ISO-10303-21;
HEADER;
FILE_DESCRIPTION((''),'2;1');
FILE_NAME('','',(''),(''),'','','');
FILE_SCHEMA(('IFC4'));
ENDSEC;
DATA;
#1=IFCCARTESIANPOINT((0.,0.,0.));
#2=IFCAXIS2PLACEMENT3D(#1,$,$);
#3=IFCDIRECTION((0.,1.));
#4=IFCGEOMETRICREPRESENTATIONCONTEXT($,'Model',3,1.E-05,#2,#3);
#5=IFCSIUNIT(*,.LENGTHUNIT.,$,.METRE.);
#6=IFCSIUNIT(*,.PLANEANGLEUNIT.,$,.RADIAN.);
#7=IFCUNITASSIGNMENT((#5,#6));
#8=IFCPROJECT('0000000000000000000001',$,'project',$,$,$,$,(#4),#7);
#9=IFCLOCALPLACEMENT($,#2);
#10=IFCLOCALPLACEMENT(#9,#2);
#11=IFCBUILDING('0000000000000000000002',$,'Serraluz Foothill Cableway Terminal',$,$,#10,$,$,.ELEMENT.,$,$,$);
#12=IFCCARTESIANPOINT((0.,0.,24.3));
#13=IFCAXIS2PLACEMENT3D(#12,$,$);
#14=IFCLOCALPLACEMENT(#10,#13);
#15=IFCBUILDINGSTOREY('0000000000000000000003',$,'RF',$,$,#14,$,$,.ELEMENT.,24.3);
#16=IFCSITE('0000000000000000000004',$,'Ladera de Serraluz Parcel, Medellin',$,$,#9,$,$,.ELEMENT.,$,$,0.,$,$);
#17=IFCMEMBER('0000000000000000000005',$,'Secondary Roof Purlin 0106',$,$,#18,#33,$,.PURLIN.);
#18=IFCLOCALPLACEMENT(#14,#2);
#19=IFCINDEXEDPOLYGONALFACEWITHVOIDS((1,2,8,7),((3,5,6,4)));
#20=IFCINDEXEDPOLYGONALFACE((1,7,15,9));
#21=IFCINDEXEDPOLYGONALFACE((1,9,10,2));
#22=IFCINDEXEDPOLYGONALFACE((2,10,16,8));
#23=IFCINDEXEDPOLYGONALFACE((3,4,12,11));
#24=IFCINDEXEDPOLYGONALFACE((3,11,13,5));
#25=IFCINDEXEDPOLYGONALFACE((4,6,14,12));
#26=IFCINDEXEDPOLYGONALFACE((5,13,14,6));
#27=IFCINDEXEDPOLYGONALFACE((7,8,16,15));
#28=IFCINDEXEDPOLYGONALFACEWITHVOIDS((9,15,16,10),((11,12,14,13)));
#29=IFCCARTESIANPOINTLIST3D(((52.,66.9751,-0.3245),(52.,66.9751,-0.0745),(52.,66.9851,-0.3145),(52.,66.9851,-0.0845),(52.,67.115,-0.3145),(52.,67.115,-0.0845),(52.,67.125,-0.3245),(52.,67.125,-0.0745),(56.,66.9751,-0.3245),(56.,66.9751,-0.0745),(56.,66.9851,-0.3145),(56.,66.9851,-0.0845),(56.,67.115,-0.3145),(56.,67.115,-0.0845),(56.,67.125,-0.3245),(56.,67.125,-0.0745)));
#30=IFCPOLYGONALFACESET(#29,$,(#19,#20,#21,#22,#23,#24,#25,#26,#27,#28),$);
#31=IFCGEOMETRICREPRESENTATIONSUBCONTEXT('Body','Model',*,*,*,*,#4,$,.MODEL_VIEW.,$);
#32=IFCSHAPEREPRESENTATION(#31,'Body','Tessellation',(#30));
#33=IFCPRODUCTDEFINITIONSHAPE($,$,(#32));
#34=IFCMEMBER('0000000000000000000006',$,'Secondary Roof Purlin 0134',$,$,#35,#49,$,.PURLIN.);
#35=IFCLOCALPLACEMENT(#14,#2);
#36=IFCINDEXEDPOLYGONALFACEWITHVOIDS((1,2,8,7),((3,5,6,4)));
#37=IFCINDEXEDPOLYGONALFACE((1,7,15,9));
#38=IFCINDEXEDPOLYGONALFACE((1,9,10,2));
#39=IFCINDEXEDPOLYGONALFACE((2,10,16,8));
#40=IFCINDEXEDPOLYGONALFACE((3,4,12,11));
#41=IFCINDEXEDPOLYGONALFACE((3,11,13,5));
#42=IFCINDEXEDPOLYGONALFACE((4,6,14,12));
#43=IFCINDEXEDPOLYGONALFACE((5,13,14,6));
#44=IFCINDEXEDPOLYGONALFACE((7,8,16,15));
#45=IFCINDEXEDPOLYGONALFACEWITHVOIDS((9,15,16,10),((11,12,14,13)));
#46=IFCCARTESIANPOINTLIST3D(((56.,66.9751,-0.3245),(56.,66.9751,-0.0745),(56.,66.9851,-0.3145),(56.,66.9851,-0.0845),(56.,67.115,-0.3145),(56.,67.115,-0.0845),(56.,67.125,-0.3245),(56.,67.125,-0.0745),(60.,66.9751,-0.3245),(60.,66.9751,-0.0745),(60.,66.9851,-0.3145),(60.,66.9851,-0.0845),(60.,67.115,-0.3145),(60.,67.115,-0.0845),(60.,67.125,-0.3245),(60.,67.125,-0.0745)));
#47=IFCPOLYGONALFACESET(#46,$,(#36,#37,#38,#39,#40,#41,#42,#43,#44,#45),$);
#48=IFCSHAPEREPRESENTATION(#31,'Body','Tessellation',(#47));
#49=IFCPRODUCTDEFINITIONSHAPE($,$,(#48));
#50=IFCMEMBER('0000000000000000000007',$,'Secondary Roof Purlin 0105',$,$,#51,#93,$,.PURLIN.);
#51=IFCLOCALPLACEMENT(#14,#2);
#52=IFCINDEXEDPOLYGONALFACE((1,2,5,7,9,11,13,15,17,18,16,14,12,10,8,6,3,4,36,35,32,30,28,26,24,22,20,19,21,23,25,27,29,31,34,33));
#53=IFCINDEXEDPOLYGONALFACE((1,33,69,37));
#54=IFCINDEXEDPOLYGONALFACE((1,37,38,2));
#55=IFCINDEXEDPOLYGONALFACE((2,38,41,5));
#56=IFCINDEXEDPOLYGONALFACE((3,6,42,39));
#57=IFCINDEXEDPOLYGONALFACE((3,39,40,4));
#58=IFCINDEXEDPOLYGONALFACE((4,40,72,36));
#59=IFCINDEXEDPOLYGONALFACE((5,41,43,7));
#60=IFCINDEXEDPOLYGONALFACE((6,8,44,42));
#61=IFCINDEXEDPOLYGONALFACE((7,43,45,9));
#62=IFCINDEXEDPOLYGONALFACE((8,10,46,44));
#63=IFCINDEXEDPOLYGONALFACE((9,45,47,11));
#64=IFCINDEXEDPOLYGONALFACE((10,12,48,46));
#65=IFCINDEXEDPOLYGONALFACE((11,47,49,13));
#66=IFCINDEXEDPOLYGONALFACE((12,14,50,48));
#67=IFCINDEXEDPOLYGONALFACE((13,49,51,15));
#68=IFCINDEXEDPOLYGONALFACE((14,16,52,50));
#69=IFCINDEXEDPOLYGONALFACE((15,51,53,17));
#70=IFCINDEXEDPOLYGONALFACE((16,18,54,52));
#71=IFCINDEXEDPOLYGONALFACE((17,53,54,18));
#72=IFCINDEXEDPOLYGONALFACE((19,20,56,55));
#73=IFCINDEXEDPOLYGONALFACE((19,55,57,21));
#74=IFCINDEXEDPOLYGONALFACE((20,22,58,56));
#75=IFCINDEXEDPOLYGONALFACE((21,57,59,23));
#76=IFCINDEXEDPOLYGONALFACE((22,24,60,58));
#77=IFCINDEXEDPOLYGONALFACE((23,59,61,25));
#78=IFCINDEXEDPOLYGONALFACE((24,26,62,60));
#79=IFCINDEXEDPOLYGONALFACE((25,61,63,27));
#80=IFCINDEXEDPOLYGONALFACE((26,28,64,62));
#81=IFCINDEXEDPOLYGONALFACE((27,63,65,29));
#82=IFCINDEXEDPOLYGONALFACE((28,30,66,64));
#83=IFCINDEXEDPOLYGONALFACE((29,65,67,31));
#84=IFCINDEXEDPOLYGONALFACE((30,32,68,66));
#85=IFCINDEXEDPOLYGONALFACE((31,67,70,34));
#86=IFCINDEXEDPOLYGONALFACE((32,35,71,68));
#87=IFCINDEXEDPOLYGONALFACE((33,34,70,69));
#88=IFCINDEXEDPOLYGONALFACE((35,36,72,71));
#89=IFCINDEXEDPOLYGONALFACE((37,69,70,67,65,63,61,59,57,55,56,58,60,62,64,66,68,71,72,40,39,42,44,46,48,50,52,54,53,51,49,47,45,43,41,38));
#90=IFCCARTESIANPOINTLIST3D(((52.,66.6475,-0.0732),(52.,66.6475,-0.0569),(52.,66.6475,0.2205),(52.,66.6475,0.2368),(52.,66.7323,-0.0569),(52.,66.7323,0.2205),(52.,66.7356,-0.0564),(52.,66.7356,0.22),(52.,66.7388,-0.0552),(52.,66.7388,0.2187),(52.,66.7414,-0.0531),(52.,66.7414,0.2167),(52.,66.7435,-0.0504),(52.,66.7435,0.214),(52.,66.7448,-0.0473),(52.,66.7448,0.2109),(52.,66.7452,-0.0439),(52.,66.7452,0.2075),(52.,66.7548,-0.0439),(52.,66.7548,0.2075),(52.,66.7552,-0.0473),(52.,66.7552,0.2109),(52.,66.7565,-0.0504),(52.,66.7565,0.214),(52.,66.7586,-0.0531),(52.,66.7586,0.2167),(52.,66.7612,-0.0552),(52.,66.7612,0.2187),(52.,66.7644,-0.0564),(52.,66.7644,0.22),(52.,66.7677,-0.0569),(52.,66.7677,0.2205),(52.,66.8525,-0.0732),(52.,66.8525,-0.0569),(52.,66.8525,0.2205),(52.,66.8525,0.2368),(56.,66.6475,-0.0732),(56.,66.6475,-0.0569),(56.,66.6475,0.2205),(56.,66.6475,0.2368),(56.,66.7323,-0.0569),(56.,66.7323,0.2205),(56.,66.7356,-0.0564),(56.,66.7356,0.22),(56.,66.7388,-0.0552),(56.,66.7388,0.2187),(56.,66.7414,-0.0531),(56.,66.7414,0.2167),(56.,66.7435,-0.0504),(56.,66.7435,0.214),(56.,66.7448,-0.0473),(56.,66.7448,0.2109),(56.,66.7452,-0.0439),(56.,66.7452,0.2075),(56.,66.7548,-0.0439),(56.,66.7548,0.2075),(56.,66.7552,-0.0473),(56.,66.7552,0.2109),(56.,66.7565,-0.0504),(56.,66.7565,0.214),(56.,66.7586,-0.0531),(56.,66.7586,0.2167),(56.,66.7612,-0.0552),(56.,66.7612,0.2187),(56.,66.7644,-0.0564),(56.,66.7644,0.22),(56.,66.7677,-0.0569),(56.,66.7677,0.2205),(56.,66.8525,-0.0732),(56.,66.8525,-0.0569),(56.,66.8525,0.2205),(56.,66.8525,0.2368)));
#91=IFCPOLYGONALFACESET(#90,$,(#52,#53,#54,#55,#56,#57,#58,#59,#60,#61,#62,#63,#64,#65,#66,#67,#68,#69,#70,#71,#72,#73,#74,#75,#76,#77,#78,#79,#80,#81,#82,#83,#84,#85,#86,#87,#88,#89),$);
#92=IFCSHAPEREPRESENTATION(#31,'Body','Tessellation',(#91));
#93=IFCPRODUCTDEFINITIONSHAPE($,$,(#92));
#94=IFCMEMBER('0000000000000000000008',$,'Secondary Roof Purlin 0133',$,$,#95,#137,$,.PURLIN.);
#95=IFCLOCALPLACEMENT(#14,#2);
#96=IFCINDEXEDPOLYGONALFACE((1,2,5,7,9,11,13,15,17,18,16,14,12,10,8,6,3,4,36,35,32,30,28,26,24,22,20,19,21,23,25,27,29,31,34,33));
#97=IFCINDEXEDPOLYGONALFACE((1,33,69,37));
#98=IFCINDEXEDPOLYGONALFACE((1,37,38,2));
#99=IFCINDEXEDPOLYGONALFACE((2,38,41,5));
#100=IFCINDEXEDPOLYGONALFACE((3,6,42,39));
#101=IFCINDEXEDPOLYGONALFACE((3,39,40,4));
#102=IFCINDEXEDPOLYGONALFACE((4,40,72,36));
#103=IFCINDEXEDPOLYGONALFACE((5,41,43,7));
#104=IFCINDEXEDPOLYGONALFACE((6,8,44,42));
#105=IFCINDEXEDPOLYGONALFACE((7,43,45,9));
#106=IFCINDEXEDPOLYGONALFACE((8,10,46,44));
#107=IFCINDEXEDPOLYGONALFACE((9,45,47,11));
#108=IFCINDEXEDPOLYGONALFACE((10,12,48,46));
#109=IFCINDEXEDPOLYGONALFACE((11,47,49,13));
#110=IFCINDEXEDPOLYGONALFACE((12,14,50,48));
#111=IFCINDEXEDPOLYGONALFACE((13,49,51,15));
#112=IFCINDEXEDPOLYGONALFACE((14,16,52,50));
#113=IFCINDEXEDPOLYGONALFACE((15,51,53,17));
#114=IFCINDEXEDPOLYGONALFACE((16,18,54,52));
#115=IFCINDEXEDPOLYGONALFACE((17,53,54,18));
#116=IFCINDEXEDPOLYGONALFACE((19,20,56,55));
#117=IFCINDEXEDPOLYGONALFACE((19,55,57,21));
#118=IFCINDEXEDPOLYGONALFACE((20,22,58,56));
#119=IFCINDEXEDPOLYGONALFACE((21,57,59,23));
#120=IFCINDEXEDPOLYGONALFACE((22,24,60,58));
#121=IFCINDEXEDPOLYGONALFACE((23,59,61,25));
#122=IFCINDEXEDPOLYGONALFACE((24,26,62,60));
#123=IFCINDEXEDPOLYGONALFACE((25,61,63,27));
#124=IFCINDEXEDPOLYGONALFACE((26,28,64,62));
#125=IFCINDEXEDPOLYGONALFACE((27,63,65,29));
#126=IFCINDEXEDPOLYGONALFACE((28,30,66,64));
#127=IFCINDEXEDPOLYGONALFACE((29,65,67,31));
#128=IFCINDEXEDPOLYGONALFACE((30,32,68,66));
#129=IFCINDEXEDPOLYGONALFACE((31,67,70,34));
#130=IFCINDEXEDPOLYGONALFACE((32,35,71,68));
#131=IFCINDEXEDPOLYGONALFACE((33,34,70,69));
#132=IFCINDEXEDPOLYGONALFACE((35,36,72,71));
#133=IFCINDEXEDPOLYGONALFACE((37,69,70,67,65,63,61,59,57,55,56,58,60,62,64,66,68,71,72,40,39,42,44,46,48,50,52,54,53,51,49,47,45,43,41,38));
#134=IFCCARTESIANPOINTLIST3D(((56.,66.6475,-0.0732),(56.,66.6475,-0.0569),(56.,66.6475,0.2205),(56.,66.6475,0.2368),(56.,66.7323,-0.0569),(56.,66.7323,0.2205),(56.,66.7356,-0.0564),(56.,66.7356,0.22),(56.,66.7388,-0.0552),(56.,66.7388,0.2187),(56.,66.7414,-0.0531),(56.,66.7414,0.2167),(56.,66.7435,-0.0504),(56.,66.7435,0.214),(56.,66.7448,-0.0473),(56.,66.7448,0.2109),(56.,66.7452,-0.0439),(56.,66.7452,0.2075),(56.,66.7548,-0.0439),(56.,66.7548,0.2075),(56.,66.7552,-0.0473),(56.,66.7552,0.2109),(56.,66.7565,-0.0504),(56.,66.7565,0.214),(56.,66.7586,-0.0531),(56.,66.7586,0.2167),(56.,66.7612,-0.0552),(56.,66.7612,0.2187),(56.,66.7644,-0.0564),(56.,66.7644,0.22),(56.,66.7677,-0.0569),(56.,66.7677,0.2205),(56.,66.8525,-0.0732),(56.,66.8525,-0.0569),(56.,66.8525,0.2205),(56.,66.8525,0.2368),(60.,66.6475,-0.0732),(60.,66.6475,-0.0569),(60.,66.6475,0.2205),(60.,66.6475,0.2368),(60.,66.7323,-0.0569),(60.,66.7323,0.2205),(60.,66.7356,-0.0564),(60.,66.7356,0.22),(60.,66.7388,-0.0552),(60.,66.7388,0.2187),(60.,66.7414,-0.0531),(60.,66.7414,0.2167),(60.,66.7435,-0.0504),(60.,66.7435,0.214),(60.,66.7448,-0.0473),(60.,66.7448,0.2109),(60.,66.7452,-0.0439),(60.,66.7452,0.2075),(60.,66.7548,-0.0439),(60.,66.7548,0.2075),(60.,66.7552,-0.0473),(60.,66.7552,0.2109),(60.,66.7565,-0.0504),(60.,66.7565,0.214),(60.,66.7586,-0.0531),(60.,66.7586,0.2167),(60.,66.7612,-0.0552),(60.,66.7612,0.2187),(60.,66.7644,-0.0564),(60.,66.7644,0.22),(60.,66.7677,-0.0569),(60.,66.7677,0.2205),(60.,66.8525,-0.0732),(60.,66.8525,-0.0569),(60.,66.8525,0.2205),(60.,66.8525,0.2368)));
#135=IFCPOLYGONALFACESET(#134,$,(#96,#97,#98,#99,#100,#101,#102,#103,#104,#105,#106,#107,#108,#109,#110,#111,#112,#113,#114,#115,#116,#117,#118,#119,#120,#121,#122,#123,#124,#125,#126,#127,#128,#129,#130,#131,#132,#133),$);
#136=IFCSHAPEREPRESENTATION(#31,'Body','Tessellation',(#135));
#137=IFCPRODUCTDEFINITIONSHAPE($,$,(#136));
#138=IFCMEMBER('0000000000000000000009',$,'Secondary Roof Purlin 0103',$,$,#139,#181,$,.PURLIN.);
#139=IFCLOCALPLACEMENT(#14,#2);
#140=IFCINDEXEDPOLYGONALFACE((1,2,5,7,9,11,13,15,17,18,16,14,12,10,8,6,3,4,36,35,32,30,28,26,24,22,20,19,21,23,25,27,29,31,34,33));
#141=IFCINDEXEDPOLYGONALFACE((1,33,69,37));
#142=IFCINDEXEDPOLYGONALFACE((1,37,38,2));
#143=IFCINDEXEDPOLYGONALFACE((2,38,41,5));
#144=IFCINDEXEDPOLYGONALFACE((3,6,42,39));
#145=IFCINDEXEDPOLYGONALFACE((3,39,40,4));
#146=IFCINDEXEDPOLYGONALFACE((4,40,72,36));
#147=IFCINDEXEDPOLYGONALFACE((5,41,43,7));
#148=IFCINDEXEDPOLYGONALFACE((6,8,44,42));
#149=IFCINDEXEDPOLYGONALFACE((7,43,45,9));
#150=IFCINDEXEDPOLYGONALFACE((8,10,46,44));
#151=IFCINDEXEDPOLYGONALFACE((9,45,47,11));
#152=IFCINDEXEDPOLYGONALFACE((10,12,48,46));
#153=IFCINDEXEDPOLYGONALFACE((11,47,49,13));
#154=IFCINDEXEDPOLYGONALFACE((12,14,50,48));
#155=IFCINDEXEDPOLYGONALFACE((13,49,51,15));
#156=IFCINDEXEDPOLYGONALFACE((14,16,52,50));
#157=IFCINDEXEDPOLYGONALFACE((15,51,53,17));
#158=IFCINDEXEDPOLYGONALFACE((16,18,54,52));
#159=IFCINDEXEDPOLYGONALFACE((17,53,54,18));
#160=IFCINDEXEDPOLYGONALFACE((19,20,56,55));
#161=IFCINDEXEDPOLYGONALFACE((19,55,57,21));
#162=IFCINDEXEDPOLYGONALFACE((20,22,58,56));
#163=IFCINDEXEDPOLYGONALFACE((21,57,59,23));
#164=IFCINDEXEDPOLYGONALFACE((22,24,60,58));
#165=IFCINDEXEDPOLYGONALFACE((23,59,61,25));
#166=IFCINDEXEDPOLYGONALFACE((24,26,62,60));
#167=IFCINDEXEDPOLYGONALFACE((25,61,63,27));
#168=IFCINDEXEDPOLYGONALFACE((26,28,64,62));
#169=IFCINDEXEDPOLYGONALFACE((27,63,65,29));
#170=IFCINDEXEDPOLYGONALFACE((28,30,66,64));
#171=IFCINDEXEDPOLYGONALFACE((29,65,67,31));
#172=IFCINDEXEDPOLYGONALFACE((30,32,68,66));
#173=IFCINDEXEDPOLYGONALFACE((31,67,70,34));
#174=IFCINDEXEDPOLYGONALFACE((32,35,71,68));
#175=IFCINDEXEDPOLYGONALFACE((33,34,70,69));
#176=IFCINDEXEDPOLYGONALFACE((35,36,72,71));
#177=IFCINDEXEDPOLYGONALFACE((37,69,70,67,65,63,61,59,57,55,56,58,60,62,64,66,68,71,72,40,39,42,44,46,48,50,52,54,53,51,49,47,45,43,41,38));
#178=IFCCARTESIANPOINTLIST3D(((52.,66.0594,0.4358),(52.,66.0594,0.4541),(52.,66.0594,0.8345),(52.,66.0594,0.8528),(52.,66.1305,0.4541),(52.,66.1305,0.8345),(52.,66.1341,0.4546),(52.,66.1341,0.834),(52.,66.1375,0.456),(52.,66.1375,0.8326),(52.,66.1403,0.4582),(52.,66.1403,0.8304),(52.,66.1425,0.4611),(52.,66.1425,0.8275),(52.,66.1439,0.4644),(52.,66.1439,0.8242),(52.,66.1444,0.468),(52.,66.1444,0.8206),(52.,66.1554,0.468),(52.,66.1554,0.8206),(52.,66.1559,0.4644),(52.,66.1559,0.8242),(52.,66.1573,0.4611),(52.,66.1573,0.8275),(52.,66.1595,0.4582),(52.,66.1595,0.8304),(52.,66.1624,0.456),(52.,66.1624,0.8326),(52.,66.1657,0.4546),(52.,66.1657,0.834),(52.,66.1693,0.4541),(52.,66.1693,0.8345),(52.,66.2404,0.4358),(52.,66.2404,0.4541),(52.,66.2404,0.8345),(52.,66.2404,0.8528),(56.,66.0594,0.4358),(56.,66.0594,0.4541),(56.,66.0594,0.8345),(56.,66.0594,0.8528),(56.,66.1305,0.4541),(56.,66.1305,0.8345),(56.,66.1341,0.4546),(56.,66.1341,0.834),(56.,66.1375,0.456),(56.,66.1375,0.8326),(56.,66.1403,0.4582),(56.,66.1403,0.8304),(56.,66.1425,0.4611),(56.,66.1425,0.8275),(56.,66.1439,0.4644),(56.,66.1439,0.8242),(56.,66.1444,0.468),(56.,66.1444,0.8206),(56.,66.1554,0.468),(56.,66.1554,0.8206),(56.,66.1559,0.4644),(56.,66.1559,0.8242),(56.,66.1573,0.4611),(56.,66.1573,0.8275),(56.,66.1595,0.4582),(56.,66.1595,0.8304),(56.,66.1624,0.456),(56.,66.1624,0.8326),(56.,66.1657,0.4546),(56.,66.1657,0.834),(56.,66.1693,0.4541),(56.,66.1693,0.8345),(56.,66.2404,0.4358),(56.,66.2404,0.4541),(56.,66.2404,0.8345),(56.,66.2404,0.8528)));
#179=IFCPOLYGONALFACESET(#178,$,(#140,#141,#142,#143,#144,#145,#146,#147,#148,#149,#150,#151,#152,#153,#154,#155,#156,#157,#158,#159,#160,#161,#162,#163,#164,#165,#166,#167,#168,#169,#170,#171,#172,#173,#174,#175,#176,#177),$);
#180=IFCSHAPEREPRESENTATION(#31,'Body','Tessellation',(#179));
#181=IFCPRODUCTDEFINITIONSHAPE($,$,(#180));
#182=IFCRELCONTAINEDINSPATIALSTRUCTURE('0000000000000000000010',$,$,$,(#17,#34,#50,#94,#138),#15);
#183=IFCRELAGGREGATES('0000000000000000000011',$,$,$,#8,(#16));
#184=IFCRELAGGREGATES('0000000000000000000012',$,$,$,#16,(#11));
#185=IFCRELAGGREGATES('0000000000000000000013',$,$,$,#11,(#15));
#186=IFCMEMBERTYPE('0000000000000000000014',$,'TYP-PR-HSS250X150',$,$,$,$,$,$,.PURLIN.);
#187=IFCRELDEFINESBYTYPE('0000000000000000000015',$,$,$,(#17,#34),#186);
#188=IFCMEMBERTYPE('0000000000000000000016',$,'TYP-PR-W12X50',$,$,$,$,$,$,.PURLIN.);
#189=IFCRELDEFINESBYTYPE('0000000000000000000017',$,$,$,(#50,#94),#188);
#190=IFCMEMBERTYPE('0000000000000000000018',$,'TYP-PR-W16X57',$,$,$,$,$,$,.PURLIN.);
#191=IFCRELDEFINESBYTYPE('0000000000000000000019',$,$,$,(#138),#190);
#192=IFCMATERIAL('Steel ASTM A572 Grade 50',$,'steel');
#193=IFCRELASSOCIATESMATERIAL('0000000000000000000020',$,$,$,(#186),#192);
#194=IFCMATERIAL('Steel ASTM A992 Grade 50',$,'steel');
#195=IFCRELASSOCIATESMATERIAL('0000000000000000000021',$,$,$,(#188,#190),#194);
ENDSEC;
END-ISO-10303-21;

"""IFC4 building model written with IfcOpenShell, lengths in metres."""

from ifc_helpers import new_model, si_unit, direction, frame, origin, origin_2d, place, context, subcontext, project, spatial, hollow_rectangle, i_section, extrude, material, material_profile, profile_set, type_object, element, save


model = new_model("IFC4")

# Units and contexts
model_context = context("Model", 3, precision=1e-05, world=origin(), true_north=direction((0.0, 1.0)))
body_context = subcontext(model_context, "Body", "Model", "MODEL_VIEW")
ifc_project = project(units=[si_unit("LENGTHUNIT", "METRE"), si_unit("PLANEANGLEUNIT", "RADIAN")], contexts=[model_context])

# Site, building, storey
site_placement = place(None, origin())
site = spatial("IfcSite", under=ifc_project, at=site_placement, Name="Ladera de Serraluz Parcel, Medellin", CompositionType="ELEMENT", RefElevation=0.0)
building_placement = place(site_placement, origin())
building = spatial("IfcBuilding", under=site, at=building_placement, Name="Serraluz Foothill Cableway Terminal", CompositionType="ELEMENT")
storey_placement = place(building_placement, frame((0.0, 0.0, 24.3)))
storey = spatial("IfcBuildingStorey", under=building, at=storey_placement, Name="RF", CompositionType="ELEMENT", Elevation=24.3)

# Members
ifc_material_1 = material(Name="Steel ASTM A572 Grade 50", Category="steel")
ifc_material_profile_1 = material_profile(ifc_material_1, hollow_rectangle(XDim=0.1499, YDim=0.25, WallThickness=0.01, at=origin_2d()), Name="HSS250X150X10")
ifc_profile_set_1 = profile_set([ifc_material_profile_1], Name="Steel ASTM A572 Grade 50")
member_type_1 = type_object("IfcMemberType", Name="TYP-PR-HSS250X150", PredefinedType="PURLIN", material=ifc_profile_set_1)
for number, where, z_axis, x_axis, name in (
    (1, (52.0, 67.05, -0.1995), (1.0, 0.0, 0.0), (0.0, 1.0, 0.0), "Secondary Roof Purlin 0106"),
    (2, (56.0, 67.05, -0.1995), (1.0, 0.0, 0.0), (0.0, 1.0, 0.0), "Secondary Roof Purlin 0134"),
):
    element("IfcMember", number, at=place(storey_placement, frame(where, z_axis=z_axis, x_axis=x_axis)), inside=storey, type_object=member_type_1, Name=name, PredefinedType="PURLIN", context=body_context, shape_type="SweptSolid", body=[
        extrude(hollow_rectangle(XDim=0.1499, YDim=0.25, WallThickness=0.01, at=origin_2d()), origin(), (0.0, 0.0, 1.0), 4.0),
    ])
ifc_material_2 = material(Name="Steel ASTM A992 Grade 50", Category="steel")
ifc_material_profile_2 = material_profile(ifc_material_2, i_section(OverallWidth=0.2051, OverallDepth=0.3101, WebThickness=0.0095, FlangeThickness=0.0164, FilletRadius=0.0129, at=origin_2d()), Name="W12X50")
ifc_profile_set_2 = profile_set([ifc_material_profile_2], Name="Steel ASTM A992 Grade 50")
member_type_2 = type_object("IfcMemberType", Name="TYP-PR-W12X50", PredefinedType="PURLIN", material=ifc_profile_set_2)
for number, where, z_axis, x_axis, name in (
    (3, (52.0, 66.75, 0.0818), (1.0, 0.0, 0.0), (0.0, 1.0, 0.0), "Secondary Roof Purlin 0105"),
    (4, (56.0, 66.75, 0.0818), (1.0, 0.0, 0.0), (0.0, 1.0, 0.0), "Secondary Roof Purlin 0133"),
):
    element("IfcMember", number, at=place(storey_placement, frame(where, z_axis=z_axis, x_axis=x_axis)), inside=storey, type_object=member_type_2, Name=name, PredefinedType="PURLIN", context=body_context, shape_type="SweptSolid", body=[
        extrude(i_section(OverallWidth=0.2051, OverallDepth=0.3101, WebThickness=0.0095, FlangeThickness=0.0164, FilletRadius=0.0129, at=origin_2d()), origin(), (0.0, 0.0, 1.0), 4.0),
    ])
ifc_material_profile_3 = material_profile(ifc_material_2, i_section(OverallWidth=0.1809, OverallDepth=0.417, WebThickness=0.011, FlangeThickness=0.0183, FilletRadius=0.0139, at=origin_2d()), Name="W16X57")
ifc_profile_set_3 = profile_set([ifc_material_profile_3], Name="Steel ASTM A992 Grade 50")
member_type_3 = type_object("IfcMemberType", Name="TYP-PR-W16X57", PredefinedType="PURLIN", material=ifc_profile_set_3)
for number, where, z_axis, x_axis, name in (
    (5, (52.0, 66.1499, 0.6443), (1.0, 0.0, 0.0), (0.0, 1.0, 0.0), "Secondary Roof Purlin 0103"),
):
    element("IfcMember", number, at=place(storey_placement, frame(where, z_axis=z_axis, x_axis=x_axis)), inside=storey, type_object=member_type_3, Name=name, PredefinedType="PURLIN", context=body_context, shape_type="SweptSolid", body=[
        extrude(i_section(OverallWidth=0.1809, OverallDepth=0.417, WebThickness=0.011, FlangeThickness=0.0183, FilletRadius=0.0139, at=origin_2d()), origin(), (0.0, 0.0, 1.0), 4.0),
    ])

save(model, "model.ifc")
